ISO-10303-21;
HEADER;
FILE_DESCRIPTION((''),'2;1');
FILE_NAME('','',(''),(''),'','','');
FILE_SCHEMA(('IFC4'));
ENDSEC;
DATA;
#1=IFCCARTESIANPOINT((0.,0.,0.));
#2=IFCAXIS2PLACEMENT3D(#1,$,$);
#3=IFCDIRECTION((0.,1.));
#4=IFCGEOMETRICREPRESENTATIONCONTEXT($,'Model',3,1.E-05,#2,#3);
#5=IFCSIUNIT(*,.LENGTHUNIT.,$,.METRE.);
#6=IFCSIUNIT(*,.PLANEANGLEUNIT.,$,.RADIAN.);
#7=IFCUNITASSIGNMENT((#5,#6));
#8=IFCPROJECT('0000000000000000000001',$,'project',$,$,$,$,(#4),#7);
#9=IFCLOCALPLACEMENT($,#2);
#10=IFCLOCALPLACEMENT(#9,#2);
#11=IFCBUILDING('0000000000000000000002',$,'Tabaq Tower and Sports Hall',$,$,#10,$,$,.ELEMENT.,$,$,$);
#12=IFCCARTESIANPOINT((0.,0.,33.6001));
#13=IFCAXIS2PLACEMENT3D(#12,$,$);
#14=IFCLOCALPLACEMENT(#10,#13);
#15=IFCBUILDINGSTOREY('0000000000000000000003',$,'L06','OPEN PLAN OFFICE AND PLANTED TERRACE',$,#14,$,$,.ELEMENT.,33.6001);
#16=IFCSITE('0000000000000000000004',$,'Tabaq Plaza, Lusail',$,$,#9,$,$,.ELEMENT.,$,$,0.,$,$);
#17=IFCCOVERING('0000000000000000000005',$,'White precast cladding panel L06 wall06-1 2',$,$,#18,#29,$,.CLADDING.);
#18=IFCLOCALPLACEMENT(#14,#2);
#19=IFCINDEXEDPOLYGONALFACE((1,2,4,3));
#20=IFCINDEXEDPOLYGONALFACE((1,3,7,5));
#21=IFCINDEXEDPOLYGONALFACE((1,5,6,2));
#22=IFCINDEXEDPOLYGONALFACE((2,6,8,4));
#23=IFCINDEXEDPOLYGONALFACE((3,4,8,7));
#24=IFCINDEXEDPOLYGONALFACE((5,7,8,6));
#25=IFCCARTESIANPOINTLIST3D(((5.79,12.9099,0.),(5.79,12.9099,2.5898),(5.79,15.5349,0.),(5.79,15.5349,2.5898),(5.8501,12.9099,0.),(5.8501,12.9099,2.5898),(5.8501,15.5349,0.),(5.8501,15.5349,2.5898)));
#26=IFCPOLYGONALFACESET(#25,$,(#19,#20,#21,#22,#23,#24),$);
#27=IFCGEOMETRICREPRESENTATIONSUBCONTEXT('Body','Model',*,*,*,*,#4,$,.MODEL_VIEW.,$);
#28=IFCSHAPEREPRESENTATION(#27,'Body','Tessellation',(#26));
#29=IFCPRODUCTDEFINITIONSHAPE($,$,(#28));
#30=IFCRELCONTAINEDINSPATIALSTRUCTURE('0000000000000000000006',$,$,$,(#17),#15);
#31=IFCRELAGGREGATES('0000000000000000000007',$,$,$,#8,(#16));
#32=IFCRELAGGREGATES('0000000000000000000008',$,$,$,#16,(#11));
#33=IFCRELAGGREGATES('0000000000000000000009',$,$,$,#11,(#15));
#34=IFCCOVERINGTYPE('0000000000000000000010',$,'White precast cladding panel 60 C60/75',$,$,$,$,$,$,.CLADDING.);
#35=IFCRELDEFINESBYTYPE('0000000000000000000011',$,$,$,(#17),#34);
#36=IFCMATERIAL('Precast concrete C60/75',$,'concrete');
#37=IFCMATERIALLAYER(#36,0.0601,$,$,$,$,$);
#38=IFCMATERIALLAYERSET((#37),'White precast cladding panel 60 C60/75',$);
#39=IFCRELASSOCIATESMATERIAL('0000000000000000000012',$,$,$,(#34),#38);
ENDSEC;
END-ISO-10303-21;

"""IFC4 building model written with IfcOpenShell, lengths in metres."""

from ifc_helpers import new_model, si_unit, direction, frame, frame_2d, origin, place, context, subcontext, project, spatial, rectangle, extrude, material, layer, layer_set, type_object, element, save


model = new_model("IFC4")

# Units and contexts
model_context = context("Model", 3, precision=1e-05, world=origin(), true_north=direction((0.0, 1.0)))
body_context = subcontext(model_context, "Body", "Model", "MODEL_VIEW")
ifc_project = project(units=[si_unit("LENGTHUNIT", "METRE"), si_unit("PLANEANGLEUNIT", "RADIAN")], contexts=[model_context])

# Site, building, storey
site_placement = place(None, origin())
site = spatial("IfcSite", under=ifc_project, at=site_placement, Name="Tabaq Plaza, Lusail", CompositionType="ELEMENT", RefElevation=0.0)
building_placement = place(site_placement, origin())
building = spatial("IfcBuilding", under=site, at=building_placement, Name="Tabaq Tower and Sports Hall", CompositionType="ELEMENT")
storey_placement = place(building_placement, frame((0.0, 0.0, 33.6001)))
storey = spatial("IfcBuildingStorey", under=building, at=storey_placement, Name="L06", Description="OPEN PLAN OFFICE AND PLANTED TERRACE", CompositionType="ELEMENT", Elevation=33.6001)

# Covering
ifc_material_1 = material(Name="Precast concrete C60/75", Category="concrete")
ifc_layer_1 = layer(ifc_material_1, 0.0601)
ifc_layer_set_1 = layer_set([ifc_layer_1], Name="White precast cladding panel 60 C60/75")
covering_type = type_object("IfcCoveringType", Name="White precast cladding panel 60 C60/75", PredefinedType="CLADDING", material=ifc_layer_set_1)
covering_1_placement = place(storey_placement, frame((5.8201, 15.5349, 0.0), z_axis=(0.0, 0.0, 1.0), x_axis=(0.0, -1.0, 0.0)))
element("IfcCovering", 1, at=covering_1_placement, inside=storey, type_object=covering_type, Name="White precast cladding panel L06 wall06-1 2", PredefinedType="CLADDING", context=body_context, shape_type="SweptSolid", body=[
    extrude(rectangle(XDim=2.625, YDim=0.0601, at=frame_2d((1.3125, 0.0))), origin(), (0.0, 0.0, 1.0), 2.5898),
])

save(model, "model.ifc")
